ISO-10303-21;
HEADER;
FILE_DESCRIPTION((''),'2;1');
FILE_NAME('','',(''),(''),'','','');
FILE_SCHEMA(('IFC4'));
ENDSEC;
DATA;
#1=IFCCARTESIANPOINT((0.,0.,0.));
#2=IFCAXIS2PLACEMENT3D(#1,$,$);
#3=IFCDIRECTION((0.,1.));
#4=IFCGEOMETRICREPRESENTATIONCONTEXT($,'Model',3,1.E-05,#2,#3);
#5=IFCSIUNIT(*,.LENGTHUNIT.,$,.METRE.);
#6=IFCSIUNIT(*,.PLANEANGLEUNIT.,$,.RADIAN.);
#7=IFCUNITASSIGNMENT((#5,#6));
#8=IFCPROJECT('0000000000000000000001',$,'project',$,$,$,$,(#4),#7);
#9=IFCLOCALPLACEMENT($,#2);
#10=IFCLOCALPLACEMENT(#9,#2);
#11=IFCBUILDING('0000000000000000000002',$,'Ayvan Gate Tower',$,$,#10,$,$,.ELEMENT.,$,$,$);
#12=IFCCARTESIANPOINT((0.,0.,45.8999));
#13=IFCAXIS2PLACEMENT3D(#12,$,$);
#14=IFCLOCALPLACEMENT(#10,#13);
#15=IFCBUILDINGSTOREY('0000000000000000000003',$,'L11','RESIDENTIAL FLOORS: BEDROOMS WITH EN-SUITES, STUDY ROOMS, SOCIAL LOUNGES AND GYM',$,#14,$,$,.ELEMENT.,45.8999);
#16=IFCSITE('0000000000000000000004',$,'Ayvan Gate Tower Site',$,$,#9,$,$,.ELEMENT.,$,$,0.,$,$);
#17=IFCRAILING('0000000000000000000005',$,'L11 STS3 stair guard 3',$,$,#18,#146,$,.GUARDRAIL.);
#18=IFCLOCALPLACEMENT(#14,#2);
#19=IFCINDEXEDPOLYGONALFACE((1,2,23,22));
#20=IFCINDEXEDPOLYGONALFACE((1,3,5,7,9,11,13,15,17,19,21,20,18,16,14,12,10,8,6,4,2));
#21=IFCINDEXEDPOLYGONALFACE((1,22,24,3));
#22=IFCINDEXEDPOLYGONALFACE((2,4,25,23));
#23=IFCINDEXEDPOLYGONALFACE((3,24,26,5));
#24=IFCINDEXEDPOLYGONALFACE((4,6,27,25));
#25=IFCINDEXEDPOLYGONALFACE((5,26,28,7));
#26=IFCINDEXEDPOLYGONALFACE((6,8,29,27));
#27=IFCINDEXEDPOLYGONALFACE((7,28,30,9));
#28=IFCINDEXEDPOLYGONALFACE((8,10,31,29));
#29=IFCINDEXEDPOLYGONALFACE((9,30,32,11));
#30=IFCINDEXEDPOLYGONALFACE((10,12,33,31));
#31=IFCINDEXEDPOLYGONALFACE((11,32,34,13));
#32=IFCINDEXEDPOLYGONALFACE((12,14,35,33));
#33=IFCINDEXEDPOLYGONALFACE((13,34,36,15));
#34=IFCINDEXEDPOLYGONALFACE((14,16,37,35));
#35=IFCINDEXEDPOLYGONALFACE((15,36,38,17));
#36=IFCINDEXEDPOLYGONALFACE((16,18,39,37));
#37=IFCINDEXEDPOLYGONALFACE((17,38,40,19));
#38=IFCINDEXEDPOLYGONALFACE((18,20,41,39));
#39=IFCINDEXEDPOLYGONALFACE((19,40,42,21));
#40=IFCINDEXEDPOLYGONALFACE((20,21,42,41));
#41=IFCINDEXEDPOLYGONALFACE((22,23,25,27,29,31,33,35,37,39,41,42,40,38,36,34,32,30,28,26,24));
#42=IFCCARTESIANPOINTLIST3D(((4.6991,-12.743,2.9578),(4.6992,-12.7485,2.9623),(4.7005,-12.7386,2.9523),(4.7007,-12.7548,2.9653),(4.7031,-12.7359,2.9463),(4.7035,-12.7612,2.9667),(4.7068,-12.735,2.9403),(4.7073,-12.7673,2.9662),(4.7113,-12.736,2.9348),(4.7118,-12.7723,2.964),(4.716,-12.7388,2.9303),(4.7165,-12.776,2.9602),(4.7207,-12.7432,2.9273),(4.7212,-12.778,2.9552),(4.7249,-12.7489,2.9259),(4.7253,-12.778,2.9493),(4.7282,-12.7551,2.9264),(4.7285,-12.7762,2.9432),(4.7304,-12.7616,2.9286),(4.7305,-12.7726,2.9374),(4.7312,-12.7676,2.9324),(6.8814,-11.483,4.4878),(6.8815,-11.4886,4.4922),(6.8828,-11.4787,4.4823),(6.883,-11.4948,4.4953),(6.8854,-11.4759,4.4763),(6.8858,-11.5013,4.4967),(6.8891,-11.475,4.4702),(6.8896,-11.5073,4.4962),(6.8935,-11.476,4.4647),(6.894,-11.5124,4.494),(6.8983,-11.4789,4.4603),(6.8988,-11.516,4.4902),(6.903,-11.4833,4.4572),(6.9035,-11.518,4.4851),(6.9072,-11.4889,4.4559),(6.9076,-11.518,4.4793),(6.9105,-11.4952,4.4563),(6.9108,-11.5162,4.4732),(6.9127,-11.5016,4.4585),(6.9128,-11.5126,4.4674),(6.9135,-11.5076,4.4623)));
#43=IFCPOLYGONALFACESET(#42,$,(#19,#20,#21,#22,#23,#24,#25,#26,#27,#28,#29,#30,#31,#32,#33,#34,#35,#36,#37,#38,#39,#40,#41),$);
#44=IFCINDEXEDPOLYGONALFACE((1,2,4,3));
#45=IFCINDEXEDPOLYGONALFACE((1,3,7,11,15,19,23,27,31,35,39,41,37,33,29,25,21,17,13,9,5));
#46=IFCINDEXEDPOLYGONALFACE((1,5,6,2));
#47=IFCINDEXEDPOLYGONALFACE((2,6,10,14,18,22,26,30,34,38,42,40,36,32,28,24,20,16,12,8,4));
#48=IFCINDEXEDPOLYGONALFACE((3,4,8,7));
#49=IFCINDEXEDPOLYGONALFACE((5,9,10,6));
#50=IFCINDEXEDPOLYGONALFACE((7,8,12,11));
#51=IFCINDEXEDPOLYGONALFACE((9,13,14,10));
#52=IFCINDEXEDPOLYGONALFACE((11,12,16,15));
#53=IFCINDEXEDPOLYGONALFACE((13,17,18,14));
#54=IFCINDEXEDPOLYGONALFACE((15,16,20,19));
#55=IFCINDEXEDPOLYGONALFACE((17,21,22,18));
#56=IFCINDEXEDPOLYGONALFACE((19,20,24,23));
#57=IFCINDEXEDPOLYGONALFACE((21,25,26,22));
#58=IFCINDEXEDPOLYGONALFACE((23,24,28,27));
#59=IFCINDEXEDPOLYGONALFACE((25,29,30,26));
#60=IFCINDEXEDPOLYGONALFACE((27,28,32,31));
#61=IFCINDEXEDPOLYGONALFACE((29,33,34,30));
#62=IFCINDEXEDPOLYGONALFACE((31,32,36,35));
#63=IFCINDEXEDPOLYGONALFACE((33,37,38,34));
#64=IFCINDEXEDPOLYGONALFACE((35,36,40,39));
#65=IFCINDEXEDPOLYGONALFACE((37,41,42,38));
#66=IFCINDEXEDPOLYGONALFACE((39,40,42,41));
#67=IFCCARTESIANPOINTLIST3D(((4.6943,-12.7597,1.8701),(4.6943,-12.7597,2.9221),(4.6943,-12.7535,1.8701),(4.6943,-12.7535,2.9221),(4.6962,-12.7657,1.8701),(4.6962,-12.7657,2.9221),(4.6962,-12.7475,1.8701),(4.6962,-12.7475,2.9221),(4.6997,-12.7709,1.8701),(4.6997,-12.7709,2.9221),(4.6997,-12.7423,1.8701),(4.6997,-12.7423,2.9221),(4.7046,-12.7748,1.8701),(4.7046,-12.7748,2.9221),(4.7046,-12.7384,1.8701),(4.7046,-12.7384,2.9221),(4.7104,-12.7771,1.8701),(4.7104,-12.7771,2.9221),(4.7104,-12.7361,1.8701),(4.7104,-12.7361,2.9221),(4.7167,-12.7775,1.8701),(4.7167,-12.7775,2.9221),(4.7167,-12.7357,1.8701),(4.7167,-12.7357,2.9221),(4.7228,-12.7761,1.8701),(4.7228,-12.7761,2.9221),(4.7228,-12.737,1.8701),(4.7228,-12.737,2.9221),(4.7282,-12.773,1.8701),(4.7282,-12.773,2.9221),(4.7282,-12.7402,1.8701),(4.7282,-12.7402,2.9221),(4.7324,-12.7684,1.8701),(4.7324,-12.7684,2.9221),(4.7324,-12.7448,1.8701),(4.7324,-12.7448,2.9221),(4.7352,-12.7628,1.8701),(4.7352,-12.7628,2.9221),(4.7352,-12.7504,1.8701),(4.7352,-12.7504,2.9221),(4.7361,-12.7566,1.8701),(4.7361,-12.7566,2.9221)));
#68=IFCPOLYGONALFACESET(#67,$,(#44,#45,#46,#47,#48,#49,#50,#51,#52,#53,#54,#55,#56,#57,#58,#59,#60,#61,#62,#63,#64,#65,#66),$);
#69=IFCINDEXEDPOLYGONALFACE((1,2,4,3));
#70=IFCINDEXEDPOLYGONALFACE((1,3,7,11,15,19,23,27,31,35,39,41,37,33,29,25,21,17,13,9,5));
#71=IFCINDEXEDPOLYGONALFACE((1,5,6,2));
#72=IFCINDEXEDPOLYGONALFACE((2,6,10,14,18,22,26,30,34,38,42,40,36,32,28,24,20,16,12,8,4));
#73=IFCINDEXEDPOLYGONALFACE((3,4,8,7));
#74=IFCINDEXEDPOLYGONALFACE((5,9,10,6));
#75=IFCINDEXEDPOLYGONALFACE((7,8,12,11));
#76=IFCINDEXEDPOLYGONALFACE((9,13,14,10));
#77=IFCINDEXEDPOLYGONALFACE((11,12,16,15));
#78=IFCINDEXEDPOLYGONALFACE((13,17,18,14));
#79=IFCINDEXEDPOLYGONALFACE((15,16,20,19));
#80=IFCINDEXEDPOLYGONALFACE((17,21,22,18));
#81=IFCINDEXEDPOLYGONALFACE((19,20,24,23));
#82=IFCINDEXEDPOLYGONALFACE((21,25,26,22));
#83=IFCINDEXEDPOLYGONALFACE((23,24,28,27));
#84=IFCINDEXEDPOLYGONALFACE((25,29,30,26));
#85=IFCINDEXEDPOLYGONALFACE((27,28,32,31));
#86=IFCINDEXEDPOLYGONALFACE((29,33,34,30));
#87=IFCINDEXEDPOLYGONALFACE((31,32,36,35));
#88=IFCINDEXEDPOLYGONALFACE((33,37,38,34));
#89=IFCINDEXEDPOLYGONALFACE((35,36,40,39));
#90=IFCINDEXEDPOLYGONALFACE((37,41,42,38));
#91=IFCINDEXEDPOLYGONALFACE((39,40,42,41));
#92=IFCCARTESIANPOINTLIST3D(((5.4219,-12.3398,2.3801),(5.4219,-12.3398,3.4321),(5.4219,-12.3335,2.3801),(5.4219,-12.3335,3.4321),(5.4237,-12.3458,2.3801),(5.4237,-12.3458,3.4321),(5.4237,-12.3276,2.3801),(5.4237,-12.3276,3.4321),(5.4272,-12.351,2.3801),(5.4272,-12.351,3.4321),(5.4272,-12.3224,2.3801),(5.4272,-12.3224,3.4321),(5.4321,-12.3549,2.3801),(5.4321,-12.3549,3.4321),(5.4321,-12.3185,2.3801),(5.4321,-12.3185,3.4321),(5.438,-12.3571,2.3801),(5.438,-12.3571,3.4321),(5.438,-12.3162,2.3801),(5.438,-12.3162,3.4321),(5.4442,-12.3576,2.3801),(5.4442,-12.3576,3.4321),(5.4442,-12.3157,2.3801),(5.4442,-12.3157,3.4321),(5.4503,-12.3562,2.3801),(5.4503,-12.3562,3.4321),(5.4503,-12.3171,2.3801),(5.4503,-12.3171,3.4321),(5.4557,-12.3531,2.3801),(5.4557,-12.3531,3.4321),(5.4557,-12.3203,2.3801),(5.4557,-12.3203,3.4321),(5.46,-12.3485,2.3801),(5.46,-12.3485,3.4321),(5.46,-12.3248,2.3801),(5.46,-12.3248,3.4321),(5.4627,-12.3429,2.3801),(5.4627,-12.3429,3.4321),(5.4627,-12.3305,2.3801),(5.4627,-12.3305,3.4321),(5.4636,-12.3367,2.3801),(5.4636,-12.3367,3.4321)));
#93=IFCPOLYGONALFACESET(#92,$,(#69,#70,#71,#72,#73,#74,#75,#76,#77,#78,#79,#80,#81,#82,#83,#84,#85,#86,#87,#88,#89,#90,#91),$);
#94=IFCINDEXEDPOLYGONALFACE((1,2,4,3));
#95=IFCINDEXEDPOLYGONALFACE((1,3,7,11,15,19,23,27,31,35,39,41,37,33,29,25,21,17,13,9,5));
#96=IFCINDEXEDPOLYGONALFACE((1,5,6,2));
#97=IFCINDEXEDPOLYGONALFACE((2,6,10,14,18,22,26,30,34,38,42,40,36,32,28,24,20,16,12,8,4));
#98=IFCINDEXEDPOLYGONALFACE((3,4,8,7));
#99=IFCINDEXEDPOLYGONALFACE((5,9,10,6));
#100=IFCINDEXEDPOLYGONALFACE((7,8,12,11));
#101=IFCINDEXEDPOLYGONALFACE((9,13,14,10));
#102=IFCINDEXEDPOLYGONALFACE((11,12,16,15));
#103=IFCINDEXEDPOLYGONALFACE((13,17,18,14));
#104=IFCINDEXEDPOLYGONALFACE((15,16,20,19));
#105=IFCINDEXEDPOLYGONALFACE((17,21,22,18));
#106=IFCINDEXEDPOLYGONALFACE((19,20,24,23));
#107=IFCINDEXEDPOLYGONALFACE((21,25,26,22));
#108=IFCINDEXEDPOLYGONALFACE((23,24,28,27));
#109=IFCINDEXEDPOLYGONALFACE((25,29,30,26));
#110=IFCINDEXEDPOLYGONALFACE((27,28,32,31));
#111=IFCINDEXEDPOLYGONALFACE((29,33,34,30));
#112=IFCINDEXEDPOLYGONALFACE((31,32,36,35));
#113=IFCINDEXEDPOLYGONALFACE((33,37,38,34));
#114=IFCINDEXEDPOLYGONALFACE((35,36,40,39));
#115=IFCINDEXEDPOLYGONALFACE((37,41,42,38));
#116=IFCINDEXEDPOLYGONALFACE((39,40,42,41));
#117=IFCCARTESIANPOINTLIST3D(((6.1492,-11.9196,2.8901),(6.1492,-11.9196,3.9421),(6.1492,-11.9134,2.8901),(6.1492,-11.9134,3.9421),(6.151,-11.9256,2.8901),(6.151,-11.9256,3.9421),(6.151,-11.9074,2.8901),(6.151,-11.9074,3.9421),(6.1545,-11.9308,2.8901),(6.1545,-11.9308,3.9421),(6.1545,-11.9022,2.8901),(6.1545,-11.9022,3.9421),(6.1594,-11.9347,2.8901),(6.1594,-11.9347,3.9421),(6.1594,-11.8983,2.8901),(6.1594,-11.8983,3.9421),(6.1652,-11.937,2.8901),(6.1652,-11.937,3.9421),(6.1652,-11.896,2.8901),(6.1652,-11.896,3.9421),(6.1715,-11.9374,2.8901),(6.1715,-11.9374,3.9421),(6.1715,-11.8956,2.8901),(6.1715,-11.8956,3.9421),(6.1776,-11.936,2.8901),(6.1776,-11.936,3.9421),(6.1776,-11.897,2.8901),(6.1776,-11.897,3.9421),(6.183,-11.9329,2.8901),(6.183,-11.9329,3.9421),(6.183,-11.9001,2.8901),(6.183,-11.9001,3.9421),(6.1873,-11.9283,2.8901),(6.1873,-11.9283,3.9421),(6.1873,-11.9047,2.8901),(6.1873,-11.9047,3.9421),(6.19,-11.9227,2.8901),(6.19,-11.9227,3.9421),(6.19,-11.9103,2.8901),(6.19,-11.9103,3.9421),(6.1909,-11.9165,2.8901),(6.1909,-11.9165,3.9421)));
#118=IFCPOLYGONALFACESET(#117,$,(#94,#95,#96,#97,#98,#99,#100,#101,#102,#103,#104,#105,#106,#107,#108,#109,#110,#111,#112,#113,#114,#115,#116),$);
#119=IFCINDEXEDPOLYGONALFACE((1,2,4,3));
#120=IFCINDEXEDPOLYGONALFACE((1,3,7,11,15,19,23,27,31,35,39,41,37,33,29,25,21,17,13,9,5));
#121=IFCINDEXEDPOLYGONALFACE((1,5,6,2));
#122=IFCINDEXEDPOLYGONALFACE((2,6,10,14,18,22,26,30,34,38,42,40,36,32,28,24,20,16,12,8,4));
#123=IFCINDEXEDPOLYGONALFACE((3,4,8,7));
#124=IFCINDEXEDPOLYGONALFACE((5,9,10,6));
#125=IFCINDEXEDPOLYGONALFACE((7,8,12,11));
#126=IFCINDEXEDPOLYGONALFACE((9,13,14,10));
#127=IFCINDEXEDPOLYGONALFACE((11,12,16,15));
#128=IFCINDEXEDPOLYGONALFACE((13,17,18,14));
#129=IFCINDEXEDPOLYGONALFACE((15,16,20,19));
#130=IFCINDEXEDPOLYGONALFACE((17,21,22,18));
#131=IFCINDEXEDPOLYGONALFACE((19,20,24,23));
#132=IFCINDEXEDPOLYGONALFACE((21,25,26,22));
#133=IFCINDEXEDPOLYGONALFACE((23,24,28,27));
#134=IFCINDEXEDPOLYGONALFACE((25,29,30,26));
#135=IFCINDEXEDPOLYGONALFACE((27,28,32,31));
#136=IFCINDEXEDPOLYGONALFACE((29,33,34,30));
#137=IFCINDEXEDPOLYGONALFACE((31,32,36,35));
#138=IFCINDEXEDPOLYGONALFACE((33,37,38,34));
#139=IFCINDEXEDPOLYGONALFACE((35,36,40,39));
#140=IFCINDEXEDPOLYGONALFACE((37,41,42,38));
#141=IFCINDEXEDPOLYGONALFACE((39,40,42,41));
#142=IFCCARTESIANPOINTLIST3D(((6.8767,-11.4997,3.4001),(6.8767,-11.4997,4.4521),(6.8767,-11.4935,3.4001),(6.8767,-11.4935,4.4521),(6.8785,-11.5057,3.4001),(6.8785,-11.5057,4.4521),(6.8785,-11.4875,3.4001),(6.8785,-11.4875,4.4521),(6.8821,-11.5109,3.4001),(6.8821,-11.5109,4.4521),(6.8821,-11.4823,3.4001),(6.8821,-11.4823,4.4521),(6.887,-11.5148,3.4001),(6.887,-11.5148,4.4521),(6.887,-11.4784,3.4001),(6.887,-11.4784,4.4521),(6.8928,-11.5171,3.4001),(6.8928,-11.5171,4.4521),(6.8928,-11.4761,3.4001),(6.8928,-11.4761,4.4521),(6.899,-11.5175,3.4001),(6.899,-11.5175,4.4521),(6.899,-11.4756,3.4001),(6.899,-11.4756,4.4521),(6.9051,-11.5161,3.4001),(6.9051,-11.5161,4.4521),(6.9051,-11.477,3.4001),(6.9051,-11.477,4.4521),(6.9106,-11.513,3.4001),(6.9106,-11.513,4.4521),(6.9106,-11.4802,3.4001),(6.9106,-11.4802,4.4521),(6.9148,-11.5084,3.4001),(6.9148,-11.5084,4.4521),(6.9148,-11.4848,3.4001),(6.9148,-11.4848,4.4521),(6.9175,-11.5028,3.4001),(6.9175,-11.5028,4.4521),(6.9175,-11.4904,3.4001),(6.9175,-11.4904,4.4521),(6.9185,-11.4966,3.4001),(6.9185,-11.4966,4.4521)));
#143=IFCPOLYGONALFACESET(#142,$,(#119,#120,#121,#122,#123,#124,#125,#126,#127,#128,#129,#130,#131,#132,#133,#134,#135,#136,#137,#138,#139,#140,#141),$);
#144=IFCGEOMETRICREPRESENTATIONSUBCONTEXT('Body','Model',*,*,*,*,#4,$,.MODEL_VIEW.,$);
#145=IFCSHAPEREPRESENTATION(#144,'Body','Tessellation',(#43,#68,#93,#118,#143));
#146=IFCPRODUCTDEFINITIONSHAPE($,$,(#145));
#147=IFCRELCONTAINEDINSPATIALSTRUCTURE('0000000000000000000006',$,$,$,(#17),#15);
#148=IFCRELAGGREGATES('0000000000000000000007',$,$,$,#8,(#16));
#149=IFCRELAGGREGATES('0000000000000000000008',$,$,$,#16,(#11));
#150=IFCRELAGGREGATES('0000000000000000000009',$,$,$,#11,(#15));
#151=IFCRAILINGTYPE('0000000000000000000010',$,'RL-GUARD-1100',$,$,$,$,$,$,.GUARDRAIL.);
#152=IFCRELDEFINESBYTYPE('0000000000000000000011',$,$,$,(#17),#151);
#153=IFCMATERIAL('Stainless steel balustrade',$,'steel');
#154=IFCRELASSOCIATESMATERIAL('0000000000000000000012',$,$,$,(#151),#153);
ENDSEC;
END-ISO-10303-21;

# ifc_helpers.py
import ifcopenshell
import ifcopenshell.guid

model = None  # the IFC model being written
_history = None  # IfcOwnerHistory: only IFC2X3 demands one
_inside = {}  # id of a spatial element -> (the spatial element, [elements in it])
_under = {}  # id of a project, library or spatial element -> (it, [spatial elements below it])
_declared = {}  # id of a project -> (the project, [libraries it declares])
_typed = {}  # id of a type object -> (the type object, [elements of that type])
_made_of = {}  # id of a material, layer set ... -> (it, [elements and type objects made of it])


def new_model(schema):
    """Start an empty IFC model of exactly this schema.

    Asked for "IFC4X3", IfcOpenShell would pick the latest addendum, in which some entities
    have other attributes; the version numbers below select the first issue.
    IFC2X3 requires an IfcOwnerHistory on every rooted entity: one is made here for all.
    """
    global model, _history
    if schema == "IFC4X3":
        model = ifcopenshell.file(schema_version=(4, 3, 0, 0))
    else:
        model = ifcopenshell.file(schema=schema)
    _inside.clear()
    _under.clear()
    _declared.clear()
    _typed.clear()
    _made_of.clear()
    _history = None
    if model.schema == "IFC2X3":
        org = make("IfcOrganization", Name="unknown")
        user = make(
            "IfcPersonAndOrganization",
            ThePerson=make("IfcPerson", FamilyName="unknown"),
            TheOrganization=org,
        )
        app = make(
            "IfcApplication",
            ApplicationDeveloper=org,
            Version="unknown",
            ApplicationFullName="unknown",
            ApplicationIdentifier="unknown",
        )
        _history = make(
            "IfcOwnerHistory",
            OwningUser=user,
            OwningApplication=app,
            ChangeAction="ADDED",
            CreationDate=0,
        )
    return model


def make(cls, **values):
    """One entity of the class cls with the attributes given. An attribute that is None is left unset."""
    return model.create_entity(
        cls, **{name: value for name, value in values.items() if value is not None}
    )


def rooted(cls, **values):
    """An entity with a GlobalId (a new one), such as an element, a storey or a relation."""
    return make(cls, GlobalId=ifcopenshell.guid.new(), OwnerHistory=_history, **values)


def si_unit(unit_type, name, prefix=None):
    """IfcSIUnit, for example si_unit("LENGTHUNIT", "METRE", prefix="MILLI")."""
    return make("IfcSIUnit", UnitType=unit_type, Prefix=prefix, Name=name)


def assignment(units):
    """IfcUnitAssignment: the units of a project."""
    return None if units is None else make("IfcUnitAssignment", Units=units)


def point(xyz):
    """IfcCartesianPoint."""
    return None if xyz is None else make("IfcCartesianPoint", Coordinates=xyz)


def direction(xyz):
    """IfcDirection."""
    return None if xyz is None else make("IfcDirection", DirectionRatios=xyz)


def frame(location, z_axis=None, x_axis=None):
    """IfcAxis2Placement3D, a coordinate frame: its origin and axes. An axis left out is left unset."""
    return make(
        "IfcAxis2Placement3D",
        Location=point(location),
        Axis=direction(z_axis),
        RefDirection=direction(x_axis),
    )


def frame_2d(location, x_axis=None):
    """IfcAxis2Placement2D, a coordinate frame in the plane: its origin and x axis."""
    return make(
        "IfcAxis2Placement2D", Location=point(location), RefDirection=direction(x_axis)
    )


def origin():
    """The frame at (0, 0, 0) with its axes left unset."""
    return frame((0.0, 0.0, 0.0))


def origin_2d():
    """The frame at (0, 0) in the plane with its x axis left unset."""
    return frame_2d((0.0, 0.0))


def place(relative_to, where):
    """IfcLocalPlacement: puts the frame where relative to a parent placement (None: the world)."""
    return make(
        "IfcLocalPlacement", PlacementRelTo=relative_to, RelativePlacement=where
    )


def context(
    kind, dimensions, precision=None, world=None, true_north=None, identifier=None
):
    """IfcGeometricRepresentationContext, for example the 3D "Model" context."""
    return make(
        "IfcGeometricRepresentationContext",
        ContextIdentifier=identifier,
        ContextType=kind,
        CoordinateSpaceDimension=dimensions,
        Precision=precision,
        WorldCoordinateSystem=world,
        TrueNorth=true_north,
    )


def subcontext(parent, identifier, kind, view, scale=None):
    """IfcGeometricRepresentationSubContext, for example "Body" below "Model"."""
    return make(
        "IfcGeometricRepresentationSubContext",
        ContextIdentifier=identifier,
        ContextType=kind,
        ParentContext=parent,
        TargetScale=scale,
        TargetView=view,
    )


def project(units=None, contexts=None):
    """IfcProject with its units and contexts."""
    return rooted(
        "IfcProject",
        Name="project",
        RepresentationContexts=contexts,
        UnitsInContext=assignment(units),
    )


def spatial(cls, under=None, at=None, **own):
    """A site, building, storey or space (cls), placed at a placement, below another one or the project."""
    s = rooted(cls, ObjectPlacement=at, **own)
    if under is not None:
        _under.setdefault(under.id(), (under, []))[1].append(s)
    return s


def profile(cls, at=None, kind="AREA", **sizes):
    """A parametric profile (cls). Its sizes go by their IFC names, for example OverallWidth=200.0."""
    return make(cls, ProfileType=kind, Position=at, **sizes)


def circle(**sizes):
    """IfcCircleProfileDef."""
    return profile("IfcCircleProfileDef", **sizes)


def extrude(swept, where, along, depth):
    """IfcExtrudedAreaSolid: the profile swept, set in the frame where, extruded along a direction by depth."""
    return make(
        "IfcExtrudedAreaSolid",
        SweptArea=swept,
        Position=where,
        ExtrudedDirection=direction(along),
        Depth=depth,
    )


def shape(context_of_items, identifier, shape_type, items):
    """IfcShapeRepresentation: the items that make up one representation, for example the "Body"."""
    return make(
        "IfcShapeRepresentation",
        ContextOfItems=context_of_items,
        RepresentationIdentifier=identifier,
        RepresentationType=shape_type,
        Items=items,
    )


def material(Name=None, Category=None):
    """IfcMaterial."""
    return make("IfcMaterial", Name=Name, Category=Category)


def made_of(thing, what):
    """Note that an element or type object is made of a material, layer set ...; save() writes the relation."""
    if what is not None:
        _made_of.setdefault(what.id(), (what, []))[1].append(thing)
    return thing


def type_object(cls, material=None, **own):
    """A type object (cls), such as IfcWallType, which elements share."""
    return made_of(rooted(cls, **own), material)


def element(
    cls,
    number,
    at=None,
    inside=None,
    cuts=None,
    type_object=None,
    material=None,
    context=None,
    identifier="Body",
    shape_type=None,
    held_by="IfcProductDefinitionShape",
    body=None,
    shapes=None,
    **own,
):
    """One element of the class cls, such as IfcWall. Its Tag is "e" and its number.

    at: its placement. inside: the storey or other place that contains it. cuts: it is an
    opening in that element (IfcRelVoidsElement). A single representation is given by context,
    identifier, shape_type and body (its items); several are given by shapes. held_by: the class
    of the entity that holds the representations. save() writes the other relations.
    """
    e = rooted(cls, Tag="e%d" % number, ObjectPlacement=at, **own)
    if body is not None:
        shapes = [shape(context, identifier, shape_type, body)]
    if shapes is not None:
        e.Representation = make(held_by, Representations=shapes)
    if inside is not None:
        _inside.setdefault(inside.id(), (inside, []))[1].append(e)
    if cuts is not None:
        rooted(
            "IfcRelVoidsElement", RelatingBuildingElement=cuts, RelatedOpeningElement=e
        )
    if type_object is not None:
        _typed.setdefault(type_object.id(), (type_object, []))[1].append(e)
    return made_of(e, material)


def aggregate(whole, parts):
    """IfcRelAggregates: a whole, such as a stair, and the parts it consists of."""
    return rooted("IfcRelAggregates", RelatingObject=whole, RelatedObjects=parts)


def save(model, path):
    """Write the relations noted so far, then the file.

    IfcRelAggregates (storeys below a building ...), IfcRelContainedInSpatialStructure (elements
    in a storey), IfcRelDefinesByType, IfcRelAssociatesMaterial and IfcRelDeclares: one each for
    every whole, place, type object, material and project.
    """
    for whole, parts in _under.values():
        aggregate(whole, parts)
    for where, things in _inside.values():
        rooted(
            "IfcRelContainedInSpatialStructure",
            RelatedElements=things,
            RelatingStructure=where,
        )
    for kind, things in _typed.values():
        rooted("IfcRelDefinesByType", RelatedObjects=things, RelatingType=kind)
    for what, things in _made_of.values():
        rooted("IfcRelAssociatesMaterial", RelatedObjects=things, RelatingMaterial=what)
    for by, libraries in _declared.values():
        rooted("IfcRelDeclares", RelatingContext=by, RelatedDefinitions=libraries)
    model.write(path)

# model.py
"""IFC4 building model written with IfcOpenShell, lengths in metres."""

from ifc_helpers import new_model, si_unit, direction, frame, origin, origin_2d, place, context, subcontext, project, spatial, circle, extrude, material, type_object, element, save


model = new_model("IFC4")

# Units and contexts
model_context = context("Model", 3, precision=1e-05, world=origin(), true_north=direction((0.0, 1.0)))
body_context = subcontext(model_context, "Body", "Model", "MODEL_VIEW")
ifc_project = project(units=[si_unit("LENGTHUNIT", "METRE"), si_unit("PLANEANGLEUNIT", "RADIAN")], contexts=[model_context])

# Site, building, storey
site_placement = place(None, origin())
site = spatial("IfcSite", under=ifc_project, at=site_placement, Name="Ayvan Gate Tower Site", CompositionType="ELEMENT", RefElevation=0.0)
building_placement = place(site_placement, origin())
building = spatial("IfcBuilding", under=site, at=building_placement, Name="Ayvan Gate Tower", CompositionType="ELEMENT")
storey_placement = place(building_placement, frame((0.0, 0.0, 45.8999)))
storey = spatial("IfcBuildingStorey", under=building, at=storey_placement, Name="L11", Description="RESIDENTIAL FLOORS: BEDROOMS WITH EN-SUITES, STUDY ROOMS, SOCIAL LOUNGES AND GYM", CompositionType="ELEMENT", Elevation=45.8999)

# Railing
ifc_material_1 = material(Name="Stainless steel balustrade", Category="steel")
railing_type_1 = type_object("IfcRailingType", Name="RL-GUARD-1100", PredefinedType="GUARDRAIL", material=ifc_material_1)
railing_1_placement = place(storey_placement, frame((4.7151, -12.7566, 1.8701)))
element("IfcRailing", 1, at=railing_1_placement, inside=storey, type_object=railing_type_1, Name="L11 STS3 stair guard 3", PredefinedType="GUARDRAIL", context=body_context, shape_type="SweptSolid", body=[
    extrude(circle(Radius=0.0239, at=origin_2d()), frame((0.0, 0.0, 1.0762), z_axis=(0.740261, 0.427395, 0.518986), x_axis=(-0.500005, 0.866023, 0.0)), (0.0, 0.0, 1.0), 2.948),
    extrude(circle(Radius=0.021, at=origin_2d()), origin(), (0.0, 0.0, 1.0), 1.052),
    extrude(circle(Radius=0.021, at=origin_2d()), frame((0.7275, 0.4199, 0.51)), (0.0, 0.0, 1.0), 1.052),
    extrude(circle(Radius=0.021, at=origin_2d()), frame((1.4548, 0.8401, 1.02)), (0.0, 0.0, 1.0), 1.052),
    extrude(circle(Radius=0.021, at=origin_2d()), frame((2.1824, 1.26, 1.53)), (0.0, 0.0, 1.0), 1.052),
])

save(model, "model.ifc")
